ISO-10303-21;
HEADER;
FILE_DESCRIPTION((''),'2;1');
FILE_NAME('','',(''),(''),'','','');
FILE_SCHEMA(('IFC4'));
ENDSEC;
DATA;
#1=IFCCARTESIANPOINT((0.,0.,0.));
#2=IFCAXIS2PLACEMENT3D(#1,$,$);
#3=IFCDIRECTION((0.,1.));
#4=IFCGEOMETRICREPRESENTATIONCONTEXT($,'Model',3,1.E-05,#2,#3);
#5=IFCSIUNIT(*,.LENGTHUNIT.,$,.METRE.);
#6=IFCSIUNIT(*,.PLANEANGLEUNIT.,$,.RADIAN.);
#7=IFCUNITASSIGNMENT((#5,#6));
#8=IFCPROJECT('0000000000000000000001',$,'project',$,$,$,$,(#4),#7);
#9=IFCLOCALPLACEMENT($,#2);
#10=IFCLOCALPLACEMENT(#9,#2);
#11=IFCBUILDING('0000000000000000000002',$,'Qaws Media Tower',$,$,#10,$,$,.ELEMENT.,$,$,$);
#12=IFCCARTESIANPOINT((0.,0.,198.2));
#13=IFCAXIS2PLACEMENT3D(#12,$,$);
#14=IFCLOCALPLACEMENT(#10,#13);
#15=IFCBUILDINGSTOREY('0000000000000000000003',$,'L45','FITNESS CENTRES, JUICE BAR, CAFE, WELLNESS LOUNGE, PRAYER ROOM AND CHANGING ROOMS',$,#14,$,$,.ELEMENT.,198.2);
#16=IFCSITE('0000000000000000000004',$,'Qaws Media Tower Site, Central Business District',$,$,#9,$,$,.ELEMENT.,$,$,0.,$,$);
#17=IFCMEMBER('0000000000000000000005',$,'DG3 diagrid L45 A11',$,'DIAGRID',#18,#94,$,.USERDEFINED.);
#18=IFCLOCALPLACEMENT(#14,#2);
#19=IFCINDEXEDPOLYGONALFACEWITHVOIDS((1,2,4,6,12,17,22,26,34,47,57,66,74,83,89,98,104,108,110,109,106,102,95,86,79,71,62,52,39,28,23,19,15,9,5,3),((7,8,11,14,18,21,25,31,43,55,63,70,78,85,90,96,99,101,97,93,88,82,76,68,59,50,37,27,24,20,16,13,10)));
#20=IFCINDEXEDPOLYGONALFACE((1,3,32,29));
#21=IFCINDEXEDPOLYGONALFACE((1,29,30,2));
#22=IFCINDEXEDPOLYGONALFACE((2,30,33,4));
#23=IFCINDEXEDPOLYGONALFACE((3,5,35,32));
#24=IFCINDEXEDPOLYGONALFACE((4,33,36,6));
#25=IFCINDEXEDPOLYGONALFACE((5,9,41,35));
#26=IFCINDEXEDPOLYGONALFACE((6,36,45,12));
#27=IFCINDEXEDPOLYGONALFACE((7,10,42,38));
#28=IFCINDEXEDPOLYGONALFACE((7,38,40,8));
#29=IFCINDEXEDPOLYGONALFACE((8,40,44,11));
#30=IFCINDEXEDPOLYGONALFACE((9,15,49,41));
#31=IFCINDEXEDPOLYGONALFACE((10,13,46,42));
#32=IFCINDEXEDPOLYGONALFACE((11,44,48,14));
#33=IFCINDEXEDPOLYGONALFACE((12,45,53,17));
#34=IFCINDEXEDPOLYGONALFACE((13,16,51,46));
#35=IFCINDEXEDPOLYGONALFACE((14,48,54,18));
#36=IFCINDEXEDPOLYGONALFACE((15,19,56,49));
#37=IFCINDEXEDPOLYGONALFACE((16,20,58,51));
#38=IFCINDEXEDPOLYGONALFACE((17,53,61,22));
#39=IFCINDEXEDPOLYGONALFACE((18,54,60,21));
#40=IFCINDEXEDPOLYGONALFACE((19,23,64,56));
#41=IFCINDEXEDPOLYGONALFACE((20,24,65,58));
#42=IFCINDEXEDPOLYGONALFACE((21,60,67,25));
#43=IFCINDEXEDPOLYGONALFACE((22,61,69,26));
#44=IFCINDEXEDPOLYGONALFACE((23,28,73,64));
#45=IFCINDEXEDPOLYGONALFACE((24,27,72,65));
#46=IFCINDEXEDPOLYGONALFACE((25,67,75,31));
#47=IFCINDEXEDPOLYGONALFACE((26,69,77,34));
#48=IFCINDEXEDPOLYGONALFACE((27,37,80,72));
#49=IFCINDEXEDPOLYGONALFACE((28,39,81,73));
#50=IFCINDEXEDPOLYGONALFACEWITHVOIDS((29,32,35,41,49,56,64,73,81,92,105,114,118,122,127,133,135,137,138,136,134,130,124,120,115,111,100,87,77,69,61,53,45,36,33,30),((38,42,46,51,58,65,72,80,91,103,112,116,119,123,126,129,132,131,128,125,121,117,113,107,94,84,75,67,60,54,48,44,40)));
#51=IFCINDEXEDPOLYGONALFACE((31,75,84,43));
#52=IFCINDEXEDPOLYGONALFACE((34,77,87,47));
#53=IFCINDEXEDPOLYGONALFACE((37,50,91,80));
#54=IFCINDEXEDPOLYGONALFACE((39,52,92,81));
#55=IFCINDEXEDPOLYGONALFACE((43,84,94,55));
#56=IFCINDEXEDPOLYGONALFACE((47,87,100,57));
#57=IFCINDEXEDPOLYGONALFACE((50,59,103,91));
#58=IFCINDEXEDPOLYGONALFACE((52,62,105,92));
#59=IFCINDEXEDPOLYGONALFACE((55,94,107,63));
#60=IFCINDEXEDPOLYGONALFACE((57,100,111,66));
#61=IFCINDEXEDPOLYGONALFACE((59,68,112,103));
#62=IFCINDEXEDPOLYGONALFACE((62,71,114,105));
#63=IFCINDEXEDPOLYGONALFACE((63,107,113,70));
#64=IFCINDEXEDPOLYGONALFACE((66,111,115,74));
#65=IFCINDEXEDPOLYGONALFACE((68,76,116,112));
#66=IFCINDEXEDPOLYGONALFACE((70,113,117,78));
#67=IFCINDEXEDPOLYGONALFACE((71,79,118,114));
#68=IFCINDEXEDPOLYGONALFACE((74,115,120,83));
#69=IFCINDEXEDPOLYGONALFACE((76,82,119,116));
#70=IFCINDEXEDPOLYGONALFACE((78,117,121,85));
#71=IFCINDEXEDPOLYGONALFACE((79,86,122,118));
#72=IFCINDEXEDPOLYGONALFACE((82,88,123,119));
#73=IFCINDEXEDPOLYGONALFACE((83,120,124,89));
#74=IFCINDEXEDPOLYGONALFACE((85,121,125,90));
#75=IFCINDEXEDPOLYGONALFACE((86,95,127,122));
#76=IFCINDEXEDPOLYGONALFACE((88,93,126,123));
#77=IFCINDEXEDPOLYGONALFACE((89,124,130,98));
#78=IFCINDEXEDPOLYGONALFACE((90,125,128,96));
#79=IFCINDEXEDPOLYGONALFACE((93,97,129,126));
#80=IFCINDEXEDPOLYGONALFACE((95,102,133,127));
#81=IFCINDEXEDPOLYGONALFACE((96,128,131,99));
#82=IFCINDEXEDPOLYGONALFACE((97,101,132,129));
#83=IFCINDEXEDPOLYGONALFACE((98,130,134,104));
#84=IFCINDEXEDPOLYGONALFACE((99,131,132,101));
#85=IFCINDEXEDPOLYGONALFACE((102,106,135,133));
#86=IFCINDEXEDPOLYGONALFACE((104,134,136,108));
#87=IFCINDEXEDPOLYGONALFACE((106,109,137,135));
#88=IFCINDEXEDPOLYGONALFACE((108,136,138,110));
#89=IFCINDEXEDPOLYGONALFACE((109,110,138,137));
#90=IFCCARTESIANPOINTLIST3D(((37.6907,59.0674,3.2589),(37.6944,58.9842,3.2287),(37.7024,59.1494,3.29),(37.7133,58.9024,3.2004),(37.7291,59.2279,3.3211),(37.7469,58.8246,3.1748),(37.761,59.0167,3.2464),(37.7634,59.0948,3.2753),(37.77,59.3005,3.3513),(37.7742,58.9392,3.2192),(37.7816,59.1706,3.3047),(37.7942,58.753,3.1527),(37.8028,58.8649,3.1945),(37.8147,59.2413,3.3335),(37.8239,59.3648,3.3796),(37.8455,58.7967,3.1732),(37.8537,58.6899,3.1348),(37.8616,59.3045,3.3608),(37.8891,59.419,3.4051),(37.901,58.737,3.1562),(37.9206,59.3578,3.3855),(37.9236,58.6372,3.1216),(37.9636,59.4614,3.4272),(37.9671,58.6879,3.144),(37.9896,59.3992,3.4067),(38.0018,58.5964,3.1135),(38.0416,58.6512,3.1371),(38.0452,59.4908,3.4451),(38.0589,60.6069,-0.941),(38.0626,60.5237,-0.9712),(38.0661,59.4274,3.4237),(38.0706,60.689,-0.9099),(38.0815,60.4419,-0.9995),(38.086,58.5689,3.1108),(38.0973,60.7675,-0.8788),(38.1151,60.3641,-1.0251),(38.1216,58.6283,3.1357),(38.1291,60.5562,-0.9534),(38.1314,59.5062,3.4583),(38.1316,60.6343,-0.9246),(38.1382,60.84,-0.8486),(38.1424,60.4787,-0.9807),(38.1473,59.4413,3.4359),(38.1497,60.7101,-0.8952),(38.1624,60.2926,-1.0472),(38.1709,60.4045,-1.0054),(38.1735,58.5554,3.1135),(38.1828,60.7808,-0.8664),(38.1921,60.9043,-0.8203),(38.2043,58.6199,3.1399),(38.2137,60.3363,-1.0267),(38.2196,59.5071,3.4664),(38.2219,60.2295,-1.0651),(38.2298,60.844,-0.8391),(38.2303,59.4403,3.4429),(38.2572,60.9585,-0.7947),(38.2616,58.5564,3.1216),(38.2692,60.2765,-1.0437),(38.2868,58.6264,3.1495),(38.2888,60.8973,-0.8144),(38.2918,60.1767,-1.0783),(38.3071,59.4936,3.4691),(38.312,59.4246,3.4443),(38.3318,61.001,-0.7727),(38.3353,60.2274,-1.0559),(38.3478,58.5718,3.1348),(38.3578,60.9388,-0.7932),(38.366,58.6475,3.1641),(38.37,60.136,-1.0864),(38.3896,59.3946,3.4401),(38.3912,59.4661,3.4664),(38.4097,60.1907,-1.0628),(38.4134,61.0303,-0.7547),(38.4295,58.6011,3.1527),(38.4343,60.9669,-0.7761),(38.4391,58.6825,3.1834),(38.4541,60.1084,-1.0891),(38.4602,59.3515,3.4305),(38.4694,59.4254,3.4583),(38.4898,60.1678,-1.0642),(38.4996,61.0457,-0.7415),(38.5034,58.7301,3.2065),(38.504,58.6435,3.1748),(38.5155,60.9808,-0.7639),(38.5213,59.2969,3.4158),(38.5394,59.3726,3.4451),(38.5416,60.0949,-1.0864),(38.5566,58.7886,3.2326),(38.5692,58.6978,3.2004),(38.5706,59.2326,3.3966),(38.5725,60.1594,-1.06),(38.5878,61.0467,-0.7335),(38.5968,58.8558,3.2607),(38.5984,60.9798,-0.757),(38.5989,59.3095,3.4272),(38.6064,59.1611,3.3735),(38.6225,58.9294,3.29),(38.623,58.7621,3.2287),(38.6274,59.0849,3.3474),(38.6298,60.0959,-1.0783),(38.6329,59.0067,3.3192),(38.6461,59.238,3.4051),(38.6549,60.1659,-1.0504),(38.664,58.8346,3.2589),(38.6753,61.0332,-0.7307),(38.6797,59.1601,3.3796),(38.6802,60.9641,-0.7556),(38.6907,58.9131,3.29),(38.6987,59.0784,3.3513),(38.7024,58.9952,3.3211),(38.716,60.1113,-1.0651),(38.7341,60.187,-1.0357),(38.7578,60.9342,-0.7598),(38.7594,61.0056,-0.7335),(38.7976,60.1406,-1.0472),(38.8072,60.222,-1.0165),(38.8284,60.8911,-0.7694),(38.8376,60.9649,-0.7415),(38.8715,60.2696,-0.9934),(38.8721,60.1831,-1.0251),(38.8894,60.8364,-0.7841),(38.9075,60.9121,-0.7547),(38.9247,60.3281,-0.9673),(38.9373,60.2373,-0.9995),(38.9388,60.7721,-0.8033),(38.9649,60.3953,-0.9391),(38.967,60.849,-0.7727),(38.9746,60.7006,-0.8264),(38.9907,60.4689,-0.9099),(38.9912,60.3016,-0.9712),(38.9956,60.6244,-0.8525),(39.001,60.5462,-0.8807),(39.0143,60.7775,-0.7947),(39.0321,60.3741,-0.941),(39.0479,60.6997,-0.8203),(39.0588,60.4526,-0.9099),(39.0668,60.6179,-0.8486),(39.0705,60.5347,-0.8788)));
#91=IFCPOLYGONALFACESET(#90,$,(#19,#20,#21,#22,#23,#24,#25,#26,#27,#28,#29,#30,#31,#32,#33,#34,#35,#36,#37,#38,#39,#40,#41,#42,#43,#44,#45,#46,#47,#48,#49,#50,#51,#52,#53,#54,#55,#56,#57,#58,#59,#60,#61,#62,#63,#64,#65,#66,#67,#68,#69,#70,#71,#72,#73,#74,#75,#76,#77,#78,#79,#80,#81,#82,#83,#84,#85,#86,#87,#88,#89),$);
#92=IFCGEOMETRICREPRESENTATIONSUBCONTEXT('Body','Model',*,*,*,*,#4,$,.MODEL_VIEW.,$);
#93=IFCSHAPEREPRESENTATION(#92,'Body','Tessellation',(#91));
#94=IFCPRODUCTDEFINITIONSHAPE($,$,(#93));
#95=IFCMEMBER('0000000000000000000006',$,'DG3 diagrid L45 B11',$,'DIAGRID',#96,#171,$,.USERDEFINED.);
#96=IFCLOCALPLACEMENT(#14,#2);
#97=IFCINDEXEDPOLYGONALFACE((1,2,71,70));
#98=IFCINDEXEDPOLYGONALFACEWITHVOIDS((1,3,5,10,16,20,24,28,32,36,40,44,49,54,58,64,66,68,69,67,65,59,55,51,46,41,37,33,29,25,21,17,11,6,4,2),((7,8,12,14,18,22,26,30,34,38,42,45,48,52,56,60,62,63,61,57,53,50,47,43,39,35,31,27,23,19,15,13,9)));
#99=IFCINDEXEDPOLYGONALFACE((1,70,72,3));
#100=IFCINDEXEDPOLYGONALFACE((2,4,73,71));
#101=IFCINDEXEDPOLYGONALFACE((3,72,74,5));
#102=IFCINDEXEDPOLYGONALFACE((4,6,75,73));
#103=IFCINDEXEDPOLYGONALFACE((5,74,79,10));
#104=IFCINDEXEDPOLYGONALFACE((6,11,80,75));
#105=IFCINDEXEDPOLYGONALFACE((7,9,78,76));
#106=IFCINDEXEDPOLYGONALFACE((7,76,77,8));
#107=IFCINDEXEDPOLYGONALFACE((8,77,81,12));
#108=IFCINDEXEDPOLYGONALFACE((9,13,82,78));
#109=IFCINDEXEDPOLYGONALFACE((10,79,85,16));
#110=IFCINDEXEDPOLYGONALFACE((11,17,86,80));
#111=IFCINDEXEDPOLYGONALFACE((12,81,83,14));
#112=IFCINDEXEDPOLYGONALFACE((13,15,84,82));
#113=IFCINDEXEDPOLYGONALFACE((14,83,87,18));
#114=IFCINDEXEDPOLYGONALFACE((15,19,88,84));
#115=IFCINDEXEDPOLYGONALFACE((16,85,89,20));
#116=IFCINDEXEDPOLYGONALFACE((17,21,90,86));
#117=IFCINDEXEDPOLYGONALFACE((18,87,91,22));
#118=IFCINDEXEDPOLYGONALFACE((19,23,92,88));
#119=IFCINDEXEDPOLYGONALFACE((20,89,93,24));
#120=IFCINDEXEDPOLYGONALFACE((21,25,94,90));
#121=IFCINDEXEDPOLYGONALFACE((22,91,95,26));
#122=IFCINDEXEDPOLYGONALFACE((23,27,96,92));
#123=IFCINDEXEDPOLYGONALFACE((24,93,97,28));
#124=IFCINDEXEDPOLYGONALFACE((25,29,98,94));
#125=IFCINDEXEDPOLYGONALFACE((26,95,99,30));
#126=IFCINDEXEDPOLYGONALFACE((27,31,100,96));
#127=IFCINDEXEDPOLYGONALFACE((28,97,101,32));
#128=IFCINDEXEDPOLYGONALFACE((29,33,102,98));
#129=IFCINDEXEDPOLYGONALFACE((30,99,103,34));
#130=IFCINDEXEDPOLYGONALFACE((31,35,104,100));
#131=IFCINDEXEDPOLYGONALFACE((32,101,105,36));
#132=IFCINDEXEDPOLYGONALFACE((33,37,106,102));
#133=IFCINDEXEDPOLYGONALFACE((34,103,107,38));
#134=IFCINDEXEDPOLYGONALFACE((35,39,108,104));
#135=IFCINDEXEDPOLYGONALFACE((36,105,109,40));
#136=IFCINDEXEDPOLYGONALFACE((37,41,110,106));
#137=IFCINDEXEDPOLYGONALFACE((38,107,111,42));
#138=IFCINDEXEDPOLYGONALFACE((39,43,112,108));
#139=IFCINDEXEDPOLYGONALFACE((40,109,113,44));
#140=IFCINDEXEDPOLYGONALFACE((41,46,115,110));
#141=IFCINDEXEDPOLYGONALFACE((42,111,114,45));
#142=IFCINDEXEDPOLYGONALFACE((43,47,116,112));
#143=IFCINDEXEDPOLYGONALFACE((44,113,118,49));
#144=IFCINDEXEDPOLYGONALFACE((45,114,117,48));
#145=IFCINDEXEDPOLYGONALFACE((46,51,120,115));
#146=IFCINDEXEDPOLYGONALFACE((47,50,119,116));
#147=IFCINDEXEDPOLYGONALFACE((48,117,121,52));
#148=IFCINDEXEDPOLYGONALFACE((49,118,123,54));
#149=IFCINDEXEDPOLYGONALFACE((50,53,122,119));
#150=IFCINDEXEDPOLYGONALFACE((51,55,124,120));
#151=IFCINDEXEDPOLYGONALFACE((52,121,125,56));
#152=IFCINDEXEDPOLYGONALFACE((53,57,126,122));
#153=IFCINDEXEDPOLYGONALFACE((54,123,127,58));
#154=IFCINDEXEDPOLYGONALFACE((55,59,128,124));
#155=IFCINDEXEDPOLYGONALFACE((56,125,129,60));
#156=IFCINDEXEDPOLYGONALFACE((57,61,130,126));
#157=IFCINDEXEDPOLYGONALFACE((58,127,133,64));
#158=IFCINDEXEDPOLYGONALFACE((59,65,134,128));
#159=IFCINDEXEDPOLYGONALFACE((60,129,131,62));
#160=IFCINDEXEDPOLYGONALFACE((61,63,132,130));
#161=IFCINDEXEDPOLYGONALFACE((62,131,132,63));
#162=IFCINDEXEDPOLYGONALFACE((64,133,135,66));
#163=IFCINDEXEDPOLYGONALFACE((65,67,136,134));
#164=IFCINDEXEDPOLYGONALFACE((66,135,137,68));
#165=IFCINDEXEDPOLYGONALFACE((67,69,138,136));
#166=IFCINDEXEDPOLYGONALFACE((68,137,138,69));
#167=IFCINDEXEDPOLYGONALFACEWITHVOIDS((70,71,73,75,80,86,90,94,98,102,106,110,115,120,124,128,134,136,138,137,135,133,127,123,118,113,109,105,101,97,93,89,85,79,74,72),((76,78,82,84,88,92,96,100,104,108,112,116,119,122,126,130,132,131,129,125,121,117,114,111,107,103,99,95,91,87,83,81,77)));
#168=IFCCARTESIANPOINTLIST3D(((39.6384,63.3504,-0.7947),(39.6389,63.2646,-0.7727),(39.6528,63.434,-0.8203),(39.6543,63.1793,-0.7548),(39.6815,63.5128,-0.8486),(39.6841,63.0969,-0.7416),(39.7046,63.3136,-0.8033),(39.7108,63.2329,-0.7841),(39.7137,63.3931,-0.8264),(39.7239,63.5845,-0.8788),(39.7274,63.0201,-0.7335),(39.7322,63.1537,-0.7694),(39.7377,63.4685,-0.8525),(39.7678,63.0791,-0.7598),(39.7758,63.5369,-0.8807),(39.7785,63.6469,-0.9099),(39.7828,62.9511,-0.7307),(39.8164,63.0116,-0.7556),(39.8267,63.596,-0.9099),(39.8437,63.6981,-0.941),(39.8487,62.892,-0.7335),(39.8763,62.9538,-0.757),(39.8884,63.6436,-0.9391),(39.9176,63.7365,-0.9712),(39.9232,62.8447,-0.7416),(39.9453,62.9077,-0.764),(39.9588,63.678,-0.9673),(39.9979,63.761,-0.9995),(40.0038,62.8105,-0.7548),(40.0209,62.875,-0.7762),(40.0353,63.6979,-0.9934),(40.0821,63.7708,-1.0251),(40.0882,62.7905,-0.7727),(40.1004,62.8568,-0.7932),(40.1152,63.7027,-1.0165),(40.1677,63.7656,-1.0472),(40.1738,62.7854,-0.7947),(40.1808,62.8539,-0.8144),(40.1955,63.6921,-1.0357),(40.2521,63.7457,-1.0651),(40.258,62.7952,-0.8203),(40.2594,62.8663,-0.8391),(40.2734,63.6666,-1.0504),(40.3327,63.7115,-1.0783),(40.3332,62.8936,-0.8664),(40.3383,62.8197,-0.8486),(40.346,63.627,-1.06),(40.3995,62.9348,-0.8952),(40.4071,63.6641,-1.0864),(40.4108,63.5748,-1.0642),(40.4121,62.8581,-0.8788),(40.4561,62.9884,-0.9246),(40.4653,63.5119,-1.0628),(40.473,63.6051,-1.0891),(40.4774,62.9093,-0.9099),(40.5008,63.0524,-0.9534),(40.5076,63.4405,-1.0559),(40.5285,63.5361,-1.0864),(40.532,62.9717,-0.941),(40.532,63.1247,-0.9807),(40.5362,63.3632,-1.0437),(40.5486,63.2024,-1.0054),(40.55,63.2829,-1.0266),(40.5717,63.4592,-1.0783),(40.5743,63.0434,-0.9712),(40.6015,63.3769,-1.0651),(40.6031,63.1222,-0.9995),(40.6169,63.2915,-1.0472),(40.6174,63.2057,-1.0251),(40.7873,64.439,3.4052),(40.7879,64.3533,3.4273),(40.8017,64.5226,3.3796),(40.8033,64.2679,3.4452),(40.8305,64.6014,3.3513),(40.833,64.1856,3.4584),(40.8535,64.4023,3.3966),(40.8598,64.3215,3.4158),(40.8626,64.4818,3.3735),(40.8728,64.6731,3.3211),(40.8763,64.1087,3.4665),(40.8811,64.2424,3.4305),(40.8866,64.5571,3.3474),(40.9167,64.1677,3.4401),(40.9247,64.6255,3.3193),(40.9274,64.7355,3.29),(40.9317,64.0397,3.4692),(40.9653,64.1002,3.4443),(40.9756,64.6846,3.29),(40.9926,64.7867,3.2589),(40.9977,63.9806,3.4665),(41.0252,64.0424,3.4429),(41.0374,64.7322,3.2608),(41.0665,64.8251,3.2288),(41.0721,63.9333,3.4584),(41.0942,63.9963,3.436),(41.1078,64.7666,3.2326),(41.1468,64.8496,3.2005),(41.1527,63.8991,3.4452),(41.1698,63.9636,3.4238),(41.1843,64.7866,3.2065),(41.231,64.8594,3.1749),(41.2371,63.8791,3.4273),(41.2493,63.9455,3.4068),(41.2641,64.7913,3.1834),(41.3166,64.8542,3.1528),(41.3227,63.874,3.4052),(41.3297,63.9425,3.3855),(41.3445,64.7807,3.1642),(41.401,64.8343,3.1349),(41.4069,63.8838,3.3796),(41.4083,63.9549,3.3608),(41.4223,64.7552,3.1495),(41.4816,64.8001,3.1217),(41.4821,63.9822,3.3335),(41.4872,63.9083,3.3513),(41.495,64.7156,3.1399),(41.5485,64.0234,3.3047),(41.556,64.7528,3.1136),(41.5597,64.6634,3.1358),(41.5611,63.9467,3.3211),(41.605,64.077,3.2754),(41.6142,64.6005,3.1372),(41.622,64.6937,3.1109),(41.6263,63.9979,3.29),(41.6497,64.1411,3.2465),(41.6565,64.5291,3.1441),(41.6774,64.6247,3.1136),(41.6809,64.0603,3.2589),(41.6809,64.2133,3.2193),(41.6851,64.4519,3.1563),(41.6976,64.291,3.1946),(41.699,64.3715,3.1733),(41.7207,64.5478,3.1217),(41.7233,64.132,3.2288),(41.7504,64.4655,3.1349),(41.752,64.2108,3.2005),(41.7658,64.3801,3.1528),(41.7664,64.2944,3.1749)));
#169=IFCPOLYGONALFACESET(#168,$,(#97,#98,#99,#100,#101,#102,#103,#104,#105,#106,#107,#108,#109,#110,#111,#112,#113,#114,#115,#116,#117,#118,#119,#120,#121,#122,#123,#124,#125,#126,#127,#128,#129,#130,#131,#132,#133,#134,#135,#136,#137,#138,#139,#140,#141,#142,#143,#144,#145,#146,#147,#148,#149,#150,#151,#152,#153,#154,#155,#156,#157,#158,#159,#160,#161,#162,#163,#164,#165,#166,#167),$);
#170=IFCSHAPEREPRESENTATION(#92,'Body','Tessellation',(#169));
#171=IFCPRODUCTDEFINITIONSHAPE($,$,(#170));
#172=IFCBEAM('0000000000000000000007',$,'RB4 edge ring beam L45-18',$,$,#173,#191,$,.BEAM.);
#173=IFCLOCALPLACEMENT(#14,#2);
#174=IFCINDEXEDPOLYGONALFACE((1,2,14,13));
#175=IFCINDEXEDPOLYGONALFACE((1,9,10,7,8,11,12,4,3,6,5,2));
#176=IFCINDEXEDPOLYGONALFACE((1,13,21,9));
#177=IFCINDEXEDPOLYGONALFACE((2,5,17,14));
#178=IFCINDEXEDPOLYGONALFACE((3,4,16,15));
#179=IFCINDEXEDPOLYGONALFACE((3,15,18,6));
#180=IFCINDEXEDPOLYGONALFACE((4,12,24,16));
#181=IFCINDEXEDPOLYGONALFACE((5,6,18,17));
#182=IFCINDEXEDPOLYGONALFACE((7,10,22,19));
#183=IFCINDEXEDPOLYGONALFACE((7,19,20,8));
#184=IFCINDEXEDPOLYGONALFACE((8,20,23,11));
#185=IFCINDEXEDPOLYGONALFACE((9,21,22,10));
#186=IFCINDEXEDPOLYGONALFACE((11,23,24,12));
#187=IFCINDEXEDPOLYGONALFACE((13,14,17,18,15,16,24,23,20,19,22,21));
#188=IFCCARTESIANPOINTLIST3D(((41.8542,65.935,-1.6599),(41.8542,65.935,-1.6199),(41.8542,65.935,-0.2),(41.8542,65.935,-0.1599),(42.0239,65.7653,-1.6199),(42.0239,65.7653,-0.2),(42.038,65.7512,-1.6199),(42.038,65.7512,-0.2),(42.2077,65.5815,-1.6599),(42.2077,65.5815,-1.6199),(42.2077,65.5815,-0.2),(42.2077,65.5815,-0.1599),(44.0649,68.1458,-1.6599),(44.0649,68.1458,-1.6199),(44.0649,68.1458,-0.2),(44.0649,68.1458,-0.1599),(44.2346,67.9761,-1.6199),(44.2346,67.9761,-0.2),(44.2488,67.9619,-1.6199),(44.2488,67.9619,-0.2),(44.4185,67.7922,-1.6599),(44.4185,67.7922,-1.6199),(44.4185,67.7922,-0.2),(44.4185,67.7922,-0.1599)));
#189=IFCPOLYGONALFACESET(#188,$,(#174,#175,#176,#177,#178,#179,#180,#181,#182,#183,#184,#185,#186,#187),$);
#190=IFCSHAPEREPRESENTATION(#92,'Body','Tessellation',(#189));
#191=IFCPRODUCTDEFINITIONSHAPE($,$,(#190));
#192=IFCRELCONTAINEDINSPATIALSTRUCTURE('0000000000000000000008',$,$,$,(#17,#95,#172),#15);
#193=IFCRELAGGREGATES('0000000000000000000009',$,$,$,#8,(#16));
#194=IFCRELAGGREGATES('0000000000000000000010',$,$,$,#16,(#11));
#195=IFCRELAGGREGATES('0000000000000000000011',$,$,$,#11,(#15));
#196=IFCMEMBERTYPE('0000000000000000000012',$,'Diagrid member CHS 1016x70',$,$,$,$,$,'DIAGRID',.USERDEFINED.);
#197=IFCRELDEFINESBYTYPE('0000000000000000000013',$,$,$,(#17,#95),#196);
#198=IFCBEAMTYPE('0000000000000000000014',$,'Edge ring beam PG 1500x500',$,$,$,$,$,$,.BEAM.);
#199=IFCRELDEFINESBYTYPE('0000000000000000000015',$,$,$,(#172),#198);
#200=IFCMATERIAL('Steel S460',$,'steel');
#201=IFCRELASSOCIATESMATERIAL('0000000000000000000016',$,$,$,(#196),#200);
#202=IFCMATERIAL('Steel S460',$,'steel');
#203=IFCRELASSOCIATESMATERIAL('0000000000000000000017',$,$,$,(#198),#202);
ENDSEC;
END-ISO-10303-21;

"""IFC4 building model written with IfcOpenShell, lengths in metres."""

from ifc_helpers import new_model, si_unit, direction, frame, origin, origin_2d, place, context, subcontext, project, spatial, hollow_circle, i_section, extrude, material, material_profile, profile_set, type_object, element, save


model = new_model("IFC4")

# Units and contexts
model_context = context("Model", 3, precision=1e-05, world=origin(), true_north=direction((0.0, 1.0)))
body_context = subcontext(model_context, "Body", "Model", "MODEL_VIEW")
ifc_project = project(units=[si_unit("LENGTHUNIT", "METRE"), si_unit("PLANEANGLEUNIT", "RADIAN")], contexts=[model_context])

# Site, building, storey
site_placement = place(None, origin())
site = spatial("IfcSite", under=ifc_project, at=site_placement, Name="Qaws Media Tower Site, Central Business District", CompositionType="ELEMENT", RefElevation=0.0)
building_placement = place(site_placement, origin())
building = spatial("IfcBuilding", under=site, at=building_placement, Name="Qaws Media Tower", CompositionType="ELEMENT")
storey_placement = place(building_placement, frame((0.0, 0.0, 198.2)))
storey = spatial("IfcBuildingStorey", under=building, at=storey_placement, Name="L45", Description="FITNESS CENTRES, JUICE BAR, CAFE, WELLNESS LOUNGE, PRAYER ROOM AND CHANGING ROOMS", CompositionType="ELEMENT", Elevation=198.2)

# Members
ifc_material_1 = material(Name="Steel S460", Category="steel")
ifc_material_profile_1 = material_profile(ifc_material_1, hollow_circle(Radius=0.5081, WallThickness=0.0701, at=origin_2d()), Name="CHS 1016x70")
ifc_profile_set_1 = profile_set([ifc_material_profile_1], Name="Steel S460")
member_type_1 = type_object("IfcMemberType", Name="Diagrid member CHS 1016x70", ElementType="DIAGRID", PredefinedType="USERDEFINED", material=ifc_profile_set_1)
for number, where, z_axis, x_axis, name in (
    (1, (38.5647, 60.5708, -0.9099), (-0.082026, -0.34301, 0.935744), (0.972577, -0.23258, 0.0), "DG3 diagrid L45 A11"),
    (2, (40.1279, 63.2781, -0.9099), (0.255983, 0.242548, 0.935758), (-0.6878, 0.7259, 0.0), "DG3 diagrid L45 B11"),
):
    element("IfcMember", number, at=place(storey_placement, frame(where, z_axis=z_axis, x_axis=x_axis)), inside=storey, type_object=member_type_1, Name=name, ObjectType="DIAGRID", PredefinedType="USERDEFINED", context=body_context, shape_type="SweptSolid", body=[
        extrude(hollow_circle(Radius=0.5081, WallThickness=0.0701, at=origin_2d()), origin(), (0.0, 0.0, 1.0), 4.4883),
    ])

# Beam
ifc_material_2 = material(Name="Steel S460", Category="steel")
ifc_material_profile_2 = material_profile(ifc_material_2, i_section(OverallWidth=0.5, OverallDepth=1.5, WebThickness=0.02, FlangeThickness=0.04, at=origin_2d()), Name="PG 1500x500")
ifc_profile_set_2 = profile_set([ifc_material_profile_2], Name="Steel S460")
beam_type = type_object("IfcBeamType", Name="Edge ring beam PG 1500x500", PredefinedType="BEAM", material=ifc_profile_set_2)
beam_1_placement = place(storey_placement, frame((44.2417, 67.969, -0.9099), z_axis=(-0.707107, -0.707107, 0.0), x_axis=(0.707107, -0.707107, 0.0)))
element("IfcBeam", 3, at=beam_1_placement, inside=storey, type_object=beam_type, Name="RB4 edge ring beam L45-18", PredefinedType="BEAM", context=body_context, shape_type="SweptSolid", body=[
    extrude(i_section(OverallWidth=0.5, OverallDepth=1.5, WebThickness=0.02, FlangeThickness=0.04, at=origin_2d()), origin(), (0.0, 0.0, 1.0), 3.1265),
])

save(model, "model.ifc")
